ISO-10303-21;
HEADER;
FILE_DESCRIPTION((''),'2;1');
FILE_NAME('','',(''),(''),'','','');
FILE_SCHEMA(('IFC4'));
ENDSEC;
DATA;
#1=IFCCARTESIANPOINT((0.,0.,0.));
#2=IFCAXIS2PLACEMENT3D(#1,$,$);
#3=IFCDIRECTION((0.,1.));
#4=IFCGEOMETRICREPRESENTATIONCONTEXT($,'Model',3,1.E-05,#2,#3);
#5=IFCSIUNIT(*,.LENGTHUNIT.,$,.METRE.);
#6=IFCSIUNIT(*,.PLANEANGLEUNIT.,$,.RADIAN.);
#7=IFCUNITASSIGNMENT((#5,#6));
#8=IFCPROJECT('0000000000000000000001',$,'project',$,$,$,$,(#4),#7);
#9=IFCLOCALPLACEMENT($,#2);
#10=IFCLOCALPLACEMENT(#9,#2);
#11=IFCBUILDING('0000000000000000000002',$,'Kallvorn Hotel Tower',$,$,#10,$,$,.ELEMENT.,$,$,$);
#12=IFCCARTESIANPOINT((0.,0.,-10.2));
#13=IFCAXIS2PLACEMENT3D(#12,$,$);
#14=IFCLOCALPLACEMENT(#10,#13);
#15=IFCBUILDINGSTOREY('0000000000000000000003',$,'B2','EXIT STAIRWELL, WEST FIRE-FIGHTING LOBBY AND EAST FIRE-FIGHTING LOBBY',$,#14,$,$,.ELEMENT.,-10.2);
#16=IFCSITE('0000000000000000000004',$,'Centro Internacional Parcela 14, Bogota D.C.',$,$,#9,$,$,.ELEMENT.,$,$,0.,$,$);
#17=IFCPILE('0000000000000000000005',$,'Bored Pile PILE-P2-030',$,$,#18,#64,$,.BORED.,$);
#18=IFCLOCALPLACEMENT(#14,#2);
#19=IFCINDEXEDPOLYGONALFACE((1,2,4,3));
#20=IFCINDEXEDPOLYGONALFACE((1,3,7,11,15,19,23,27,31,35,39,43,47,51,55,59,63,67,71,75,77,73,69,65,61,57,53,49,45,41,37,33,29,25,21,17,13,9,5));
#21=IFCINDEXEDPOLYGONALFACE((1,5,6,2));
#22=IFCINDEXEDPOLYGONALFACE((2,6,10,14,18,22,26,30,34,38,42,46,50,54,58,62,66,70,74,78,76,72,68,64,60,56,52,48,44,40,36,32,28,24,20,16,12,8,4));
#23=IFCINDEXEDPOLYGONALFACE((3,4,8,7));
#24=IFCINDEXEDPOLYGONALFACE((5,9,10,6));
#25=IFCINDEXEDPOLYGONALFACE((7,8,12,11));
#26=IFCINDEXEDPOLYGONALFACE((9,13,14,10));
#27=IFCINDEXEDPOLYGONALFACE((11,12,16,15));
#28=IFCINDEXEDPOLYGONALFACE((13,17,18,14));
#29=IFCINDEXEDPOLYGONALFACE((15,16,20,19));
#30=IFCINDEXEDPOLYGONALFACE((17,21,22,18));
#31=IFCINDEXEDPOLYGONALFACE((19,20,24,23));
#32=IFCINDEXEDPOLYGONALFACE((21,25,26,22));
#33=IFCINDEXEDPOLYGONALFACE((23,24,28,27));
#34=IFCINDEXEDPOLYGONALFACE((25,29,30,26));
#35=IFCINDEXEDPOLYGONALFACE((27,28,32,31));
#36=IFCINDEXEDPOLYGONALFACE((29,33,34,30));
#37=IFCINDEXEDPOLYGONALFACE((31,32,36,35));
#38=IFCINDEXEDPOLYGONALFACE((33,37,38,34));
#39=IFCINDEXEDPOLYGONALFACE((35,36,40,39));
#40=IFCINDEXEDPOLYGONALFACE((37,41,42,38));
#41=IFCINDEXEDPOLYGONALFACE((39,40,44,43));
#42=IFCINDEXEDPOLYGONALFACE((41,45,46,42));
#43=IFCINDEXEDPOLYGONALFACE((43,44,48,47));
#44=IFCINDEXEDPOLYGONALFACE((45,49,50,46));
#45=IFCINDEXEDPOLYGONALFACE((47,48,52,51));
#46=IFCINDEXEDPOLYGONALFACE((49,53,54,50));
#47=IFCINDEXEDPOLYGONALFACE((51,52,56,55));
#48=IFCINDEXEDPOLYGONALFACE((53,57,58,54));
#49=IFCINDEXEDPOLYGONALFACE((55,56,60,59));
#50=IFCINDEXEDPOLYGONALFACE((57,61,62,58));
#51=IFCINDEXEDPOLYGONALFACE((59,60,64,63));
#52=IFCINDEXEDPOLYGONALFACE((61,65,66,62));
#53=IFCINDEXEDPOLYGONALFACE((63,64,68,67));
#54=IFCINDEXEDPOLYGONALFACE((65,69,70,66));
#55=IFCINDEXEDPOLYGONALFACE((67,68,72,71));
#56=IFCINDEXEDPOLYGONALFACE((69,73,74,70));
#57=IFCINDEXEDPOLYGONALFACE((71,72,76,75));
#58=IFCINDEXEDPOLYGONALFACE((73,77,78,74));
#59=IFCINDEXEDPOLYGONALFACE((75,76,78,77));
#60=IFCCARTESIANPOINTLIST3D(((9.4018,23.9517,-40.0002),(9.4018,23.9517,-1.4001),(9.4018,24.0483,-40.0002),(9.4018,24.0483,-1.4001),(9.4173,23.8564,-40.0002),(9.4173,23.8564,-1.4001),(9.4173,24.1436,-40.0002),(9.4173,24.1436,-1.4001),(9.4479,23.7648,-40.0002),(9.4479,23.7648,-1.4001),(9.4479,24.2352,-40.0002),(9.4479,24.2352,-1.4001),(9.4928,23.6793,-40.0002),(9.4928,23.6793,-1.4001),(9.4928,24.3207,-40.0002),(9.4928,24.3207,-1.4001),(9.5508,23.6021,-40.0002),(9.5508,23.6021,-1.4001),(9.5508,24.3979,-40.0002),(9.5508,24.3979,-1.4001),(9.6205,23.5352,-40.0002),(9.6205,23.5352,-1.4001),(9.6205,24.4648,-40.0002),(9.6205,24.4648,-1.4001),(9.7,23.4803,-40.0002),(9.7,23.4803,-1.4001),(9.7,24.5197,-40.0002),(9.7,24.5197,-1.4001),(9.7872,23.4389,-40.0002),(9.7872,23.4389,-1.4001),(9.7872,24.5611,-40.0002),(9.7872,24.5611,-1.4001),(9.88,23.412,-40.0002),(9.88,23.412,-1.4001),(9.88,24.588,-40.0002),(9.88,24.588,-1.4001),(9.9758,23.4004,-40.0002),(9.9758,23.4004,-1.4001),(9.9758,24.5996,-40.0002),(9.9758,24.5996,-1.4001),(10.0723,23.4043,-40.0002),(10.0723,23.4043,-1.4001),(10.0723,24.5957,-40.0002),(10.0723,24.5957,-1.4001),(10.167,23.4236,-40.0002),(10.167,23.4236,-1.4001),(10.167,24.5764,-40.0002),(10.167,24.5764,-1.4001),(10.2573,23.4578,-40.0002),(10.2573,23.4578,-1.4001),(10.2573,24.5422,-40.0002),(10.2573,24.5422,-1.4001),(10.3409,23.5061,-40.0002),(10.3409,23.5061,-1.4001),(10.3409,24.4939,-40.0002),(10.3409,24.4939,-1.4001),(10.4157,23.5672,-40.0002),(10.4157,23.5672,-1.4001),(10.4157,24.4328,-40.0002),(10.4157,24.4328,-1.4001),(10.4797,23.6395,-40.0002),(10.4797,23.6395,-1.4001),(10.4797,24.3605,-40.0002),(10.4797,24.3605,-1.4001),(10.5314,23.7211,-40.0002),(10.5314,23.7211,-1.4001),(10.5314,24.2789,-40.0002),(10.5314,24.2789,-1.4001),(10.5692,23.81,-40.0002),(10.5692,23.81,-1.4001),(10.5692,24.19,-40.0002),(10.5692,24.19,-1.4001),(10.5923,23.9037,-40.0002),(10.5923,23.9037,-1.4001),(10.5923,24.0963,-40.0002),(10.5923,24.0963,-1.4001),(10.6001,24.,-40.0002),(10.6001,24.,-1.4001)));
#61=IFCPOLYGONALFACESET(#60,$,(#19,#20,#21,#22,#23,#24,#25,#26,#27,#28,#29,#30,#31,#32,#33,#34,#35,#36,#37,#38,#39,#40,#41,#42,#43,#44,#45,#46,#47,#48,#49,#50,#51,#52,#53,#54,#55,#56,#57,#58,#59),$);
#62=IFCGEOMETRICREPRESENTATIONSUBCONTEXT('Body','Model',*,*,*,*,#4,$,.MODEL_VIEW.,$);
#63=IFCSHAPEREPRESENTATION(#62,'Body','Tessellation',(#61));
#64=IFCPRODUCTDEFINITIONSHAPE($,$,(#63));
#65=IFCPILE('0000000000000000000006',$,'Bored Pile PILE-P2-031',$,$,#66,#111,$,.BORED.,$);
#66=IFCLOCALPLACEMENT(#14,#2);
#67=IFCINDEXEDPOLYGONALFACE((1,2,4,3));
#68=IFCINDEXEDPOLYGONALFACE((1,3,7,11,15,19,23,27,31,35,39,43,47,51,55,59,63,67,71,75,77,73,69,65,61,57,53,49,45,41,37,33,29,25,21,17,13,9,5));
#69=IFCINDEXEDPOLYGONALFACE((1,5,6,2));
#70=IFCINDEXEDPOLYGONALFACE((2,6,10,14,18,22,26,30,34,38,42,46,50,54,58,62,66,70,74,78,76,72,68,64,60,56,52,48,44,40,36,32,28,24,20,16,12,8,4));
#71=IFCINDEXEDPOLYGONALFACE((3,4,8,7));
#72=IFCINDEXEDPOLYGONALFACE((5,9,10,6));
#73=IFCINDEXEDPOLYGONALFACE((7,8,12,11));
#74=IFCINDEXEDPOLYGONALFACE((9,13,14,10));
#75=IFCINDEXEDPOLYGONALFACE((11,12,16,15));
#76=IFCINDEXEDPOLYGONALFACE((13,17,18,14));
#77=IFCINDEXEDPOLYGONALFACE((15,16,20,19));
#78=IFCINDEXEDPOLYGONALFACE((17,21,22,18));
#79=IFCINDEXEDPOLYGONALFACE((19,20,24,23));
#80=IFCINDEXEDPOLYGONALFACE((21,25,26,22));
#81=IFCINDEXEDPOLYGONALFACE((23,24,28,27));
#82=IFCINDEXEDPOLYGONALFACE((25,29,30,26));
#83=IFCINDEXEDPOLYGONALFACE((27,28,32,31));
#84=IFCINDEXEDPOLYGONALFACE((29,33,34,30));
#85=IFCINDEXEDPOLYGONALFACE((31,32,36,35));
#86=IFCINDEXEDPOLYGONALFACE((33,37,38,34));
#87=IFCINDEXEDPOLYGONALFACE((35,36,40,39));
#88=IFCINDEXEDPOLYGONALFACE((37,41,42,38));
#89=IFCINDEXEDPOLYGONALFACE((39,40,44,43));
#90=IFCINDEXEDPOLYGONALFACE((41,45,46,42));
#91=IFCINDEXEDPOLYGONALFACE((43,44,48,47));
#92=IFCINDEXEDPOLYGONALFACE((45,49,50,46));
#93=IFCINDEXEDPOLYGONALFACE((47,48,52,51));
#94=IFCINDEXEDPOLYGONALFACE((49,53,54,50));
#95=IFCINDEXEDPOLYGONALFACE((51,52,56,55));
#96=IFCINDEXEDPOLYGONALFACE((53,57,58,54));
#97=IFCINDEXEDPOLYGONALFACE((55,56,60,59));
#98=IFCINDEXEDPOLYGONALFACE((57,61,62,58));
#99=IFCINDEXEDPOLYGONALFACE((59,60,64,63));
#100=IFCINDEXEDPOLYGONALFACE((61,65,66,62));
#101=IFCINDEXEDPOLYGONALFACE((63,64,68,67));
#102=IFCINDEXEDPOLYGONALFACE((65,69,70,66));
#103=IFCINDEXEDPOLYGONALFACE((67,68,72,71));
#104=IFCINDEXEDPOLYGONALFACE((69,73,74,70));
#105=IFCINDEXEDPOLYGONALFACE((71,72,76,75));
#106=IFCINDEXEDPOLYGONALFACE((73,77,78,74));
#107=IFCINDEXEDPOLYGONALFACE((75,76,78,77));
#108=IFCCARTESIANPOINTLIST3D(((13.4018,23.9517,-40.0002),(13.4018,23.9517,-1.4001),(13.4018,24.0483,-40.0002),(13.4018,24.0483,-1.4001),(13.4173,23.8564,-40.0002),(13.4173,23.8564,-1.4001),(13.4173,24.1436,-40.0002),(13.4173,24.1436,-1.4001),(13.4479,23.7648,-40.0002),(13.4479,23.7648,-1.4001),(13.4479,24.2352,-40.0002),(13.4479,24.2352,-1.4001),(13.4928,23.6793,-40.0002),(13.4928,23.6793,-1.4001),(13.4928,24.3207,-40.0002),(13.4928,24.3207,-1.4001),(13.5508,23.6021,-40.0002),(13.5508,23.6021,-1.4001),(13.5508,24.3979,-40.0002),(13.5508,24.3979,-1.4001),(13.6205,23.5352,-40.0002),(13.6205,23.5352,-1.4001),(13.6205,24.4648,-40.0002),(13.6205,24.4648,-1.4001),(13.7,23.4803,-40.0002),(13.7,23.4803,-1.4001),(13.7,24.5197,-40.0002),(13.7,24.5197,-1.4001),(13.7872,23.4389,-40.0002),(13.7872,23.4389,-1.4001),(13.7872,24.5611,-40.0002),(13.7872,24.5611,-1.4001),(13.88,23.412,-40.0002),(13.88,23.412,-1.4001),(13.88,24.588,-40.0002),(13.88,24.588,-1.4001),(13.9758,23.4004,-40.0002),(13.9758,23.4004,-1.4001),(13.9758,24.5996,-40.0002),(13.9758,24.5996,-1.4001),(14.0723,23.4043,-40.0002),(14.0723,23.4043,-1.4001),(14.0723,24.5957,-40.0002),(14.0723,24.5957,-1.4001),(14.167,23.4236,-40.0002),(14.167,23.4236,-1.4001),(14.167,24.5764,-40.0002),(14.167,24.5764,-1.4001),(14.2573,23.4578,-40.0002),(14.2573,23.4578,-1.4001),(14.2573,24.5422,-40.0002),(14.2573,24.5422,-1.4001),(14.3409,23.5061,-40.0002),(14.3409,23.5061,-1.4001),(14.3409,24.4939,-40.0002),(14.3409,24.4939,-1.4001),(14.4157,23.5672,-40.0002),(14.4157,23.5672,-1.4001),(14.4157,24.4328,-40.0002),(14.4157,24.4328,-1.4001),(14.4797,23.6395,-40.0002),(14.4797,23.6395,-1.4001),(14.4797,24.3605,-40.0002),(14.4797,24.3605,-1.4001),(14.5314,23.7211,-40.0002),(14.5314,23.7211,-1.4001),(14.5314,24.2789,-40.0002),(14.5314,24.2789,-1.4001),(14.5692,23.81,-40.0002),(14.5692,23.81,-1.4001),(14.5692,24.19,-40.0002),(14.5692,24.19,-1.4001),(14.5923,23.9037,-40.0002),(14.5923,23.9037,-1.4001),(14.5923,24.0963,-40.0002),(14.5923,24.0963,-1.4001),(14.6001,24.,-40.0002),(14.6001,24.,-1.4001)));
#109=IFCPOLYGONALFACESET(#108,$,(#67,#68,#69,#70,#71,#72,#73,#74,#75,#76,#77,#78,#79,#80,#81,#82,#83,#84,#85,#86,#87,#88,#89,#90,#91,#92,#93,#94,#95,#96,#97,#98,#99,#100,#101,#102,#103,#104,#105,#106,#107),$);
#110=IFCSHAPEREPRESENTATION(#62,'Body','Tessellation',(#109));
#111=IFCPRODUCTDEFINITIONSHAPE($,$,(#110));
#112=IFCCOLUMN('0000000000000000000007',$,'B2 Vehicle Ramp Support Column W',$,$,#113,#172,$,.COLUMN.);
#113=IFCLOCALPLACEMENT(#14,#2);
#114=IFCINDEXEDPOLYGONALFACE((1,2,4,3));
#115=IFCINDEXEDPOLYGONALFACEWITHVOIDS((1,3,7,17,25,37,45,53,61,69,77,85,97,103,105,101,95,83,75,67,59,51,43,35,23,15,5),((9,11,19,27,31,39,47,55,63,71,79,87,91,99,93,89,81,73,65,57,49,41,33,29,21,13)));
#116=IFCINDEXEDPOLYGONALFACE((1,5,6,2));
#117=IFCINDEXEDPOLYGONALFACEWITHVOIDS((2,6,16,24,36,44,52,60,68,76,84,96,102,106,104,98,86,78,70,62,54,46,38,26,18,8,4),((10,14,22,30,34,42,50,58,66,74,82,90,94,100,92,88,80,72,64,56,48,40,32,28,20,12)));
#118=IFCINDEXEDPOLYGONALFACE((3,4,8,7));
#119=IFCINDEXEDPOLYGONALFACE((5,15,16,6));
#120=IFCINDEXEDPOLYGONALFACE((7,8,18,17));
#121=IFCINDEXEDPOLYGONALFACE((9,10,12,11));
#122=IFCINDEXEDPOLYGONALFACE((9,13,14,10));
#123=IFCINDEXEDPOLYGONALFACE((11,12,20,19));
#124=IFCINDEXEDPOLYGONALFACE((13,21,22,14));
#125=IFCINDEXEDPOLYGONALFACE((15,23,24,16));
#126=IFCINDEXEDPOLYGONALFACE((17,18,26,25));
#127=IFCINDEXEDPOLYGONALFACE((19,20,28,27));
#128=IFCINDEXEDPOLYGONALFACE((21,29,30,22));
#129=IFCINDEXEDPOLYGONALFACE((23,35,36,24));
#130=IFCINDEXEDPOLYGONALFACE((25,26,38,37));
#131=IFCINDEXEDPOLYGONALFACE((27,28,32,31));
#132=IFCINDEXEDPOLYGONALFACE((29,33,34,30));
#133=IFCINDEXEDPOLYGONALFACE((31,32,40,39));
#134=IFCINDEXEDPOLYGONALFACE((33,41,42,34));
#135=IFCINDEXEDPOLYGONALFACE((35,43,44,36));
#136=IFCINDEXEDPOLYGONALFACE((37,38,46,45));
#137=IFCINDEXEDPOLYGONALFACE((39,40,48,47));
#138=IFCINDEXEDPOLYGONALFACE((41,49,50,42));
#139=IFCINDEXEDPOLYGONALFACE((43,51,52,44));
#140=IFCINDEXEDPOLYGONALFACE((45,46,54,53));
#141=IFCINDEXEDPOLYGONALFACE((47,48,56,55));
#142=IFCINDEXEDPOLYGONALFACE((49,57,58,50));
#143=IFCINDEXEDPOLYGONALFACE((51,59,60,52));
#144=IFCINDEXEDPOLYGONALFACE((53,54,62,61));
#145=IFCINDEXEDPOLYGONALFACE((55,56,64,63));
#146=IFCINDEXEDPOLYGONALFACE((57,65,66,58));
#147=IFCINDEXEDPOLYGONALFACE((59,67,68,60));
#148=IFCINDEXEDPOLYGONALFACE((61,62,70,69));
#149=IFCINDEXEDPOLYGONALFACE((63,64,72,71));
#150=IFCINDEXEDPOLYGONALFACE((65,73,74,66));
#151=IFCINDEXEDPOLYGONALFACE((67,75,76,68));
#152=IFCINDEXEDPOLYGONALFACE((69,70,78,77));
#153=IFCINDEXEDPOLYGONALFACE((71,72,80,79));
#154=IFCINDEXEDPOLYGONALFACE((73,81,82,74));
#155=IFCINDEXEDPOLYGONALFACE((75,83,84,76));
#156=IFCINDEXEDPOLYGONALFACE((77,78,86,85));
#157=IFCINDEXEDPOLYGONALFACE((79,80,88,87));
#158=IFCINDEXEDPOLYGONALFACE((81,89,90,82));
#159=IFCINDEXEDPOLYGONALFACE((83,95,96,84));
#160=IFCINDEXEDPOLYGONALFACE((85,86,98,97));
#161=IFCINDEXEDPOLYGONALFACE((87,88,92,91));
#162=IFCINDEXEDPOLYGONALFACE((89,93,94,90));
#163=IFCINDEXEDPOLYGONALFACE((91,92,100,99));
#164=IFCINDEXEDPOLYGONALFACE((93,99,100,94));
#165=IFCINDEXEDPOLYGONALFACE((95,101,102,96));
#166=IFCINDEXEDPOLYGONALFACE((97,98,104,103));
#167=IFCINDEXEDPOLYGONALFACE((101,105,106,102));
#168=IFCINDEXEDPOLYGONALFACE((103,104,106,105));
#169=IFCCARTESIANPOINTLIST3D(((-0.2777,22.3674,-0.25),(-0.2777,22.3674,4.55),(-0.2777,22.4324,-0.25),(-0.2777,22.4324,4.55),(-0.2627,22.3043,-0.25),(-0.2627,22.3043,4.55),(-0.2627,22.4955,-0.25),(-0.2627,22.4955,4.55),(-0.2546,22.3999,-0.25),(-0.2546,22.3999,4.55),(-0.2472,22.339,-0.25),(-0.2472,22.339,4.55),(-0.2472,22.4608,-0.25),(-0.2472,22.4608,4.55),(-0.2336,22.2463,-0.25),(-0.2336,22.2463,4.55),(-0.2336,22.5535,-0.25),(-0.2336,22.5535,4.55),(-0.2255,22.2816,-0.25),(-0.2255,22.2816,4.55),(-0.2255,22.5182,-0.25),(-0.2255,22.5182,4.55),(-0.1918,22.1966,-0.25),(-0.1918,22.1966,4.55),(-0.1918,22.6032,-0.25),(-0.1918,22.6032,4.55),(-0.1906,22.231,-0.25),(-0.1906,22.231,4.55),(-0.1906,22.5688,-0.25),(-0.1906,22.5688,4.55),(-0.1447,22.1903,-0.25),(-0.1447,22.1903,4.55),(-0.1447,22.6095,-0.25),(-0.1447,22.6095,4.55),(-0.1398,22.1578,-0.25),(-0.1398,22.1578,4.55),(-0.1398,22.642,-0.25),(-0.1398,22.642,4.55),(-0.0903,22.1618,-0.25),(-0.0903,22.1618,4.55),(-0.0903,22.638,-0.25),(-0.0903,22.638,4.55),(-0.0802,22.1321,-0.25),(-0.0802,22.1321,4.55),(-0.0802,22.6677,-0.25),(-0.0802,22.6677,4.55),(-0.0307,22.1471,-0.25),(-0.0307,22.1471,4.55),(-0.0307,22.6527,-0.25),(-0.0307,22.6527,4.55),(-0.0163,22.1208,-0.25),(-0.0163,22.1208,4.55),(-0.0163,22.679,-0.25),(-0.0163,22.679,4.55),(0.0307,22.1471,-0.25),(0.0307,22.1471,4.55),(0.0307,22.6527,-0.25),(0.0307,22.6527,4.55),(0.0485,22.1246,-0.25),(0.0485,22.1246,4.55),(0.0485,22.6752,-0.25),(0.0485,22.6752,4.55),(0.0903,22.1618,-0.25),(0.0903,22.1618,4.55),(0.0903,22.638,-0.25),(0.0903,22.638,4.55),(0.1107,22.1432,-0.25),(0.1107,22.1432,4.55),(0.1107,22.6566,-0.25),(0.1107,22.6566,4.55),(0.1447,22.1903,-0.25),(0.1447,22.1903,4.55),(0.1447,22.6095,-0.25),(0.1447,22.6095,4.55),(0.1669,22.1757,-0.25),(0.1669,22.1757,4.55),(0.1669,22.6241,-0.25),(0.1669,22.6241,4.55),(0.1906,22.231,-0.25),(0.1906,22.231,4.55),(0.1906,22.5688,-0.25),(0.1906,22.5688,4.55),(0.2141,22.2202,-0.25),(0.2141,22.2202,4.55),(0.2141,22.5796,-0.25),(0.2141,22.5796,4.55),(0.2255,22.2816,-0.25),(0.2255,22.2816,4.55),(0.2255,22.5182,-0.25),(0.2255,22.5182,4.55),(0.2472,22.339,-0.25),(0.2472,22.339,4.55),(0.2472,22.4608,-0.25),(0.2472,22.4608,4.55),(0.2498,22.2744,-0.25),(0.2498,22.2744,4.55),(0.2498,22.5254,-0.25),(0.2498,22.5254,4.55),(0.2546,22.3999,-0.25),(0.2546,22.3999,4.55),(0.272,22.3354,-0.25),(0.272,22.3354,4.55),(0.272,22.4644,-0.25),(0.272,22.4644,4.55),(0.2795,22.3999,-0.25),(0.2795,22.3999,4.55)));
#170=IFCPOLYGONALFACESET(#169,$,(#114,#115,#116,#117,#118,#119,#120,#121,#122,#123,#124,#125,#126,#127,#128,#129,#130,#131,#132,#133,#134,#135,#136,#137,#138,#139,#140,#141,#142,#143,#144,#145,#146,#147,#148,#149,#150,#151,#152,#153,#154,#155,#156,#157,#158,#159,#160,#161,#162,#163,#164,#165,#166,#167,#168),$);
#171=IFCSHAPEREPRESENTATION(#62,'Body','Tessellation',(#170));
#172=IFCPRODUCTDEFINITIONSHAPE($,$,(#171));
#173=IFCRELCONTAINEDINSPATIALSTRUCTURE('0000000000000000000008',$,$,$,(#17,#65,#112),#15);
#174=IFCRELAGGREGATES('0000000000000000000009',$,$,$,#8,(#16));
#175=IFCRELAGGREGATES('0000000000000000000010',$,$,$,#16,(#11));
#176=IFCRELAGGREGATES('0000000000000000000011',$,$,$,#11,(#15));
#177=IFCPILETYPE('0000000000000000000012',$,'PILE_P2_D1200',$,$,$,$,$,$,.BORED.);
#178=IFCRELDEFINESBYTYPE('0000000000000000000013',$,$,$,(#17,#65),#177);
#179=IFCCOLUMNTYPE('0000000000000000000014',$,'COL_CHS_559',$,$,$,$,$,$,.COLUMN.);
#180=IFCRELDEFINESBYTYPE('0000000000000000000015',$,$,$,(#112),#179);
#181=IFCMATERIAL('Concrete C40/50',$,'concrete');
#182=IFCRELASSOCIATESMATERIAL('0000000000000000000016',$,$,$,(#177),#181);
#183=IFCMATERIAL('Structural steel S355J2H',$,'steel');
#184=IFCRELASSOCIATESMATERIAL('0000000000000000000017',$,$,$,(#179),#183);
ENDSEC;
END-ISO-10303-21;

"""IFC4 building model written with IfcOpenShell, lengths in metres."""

from ifc_helpers import new_model, si_unit, direction, frame, origin, origin_2d, place, context, subcontext, project, spatial, circle, hollow_circle, extrude, material, material_profile, profile_set, type_object, element, save


model = new_model("IFC4")

# Units and contexts
model_context = context("Model", 3, precision=1e-05, world=origin(), true_north=direction((0.0, 1.0)))
body_context = subcontext(model_context, "Body", "Model", "MODEL_VIEW")
ifc_project = project(units=[si_unit("LENGTHUNIT", "METRE"), si_unit("PLANEANGLEUNIT", "RADIAN")], contexts=[model_context])

# Site, building, storey
site_placement = place(None, origin())
site = spatial("IfcSite", under=ifc_project, at=site_placement, Name="Centro Internacional Parcela 14, Bogota D.C.", CompositionType="ELEMENT", RefElevation=0.0)
building_placement = place(site_placement, origin())
building = spatial("IfcBuilding", under=site, at=building_placement, Name="Kallvorn Hotel Tower", CompositionType="ELEMENT")
storey_placement = place(building_placement, frame((0.0, 0.0, -10.2)))
storey = spatial("IfcBuildingStorey", under=building, at=storey_placement, Name="B2", Description="EXIT STAIRWELL, WEST FIRE-FIGHTING LOBBY AND EAST FIRE-FIGHTING LOBBY", CompositionType="ELEMENT", Elevation=-10.2)

# Piles
ifc_material_1 = material(Name="Concrete C40/50", Category="concrete")
ifc_material_profile_1 = material_profile(ifc_material_1, circle(Radius=0.6001, at=origin_2d()), Name="PILE D1200")
ifc_profile_set_1 = profile_set([ifc_material_profile_1], Name="Concrete C40/50")
pile_type = type_object("IfcPileType", Name="PILE_P2_D1200", PredefinedType="BORED", material=ifc_profile_set_1)
for number, where, z_axis, x_axis, name in (
    (1, (10.0, 24.0, -1.4001), (0.0, 0.0, -1.0), (1.0, 0.0, 0.0), "Bored Pile PILE-P2-030"),
    (2, (14.0, 24.0, -1.4001), (0.0, 0.0, -1.0), (1.0, 0.0, 0.0), "Bored Pile PILE-P2-031"),
):
    element("IfcPile", number, at=place(storey_placement, frame(where, z_axis=z_axis, x_axis=x_axis)), inside=storey, type_object=pile_type, Name=name, PredefinedType="BORED", context=body_context, shape_type="SweptSolid", body=[
        extrude(circle(Radius=0.6001, at=origin_2d()), origin(), (0.0, 0.0, 1.0), 38.6001),
    ])

# Column
ifc_material_2 = material(Name="Structural steel S355J2H", Category="steel")
ifc_material_profile_2 = material_profile(ifc_material_2, hollow_circle(Radius=0.2795, WallThickness=0.0249, at=origin_2d()), Name="CHS 559x25")
ifc_profile_set_2 = profile_set([ifc_material_profile_2], Name="Structural steel S355J2H")
column_type_1 = type_object("IfcColumnType", Name="COL_CHS_559", PredefinedType="COLUMN", material=ifc_profile_set_2)
for number, where, z_axis, x_axis, name in (
    (3, (0.0, 22.3999, -0.25), (0.0, 0.0, 1.0), (1.0, 0.0, 0.0), "B2 Vehicle Ramp Support Column W"),
):
    element("IfcColumn", number, at=place(storey_placement, frame(where, z_axis=z_axis, x_axis=x_axis)), inside=storey, type_object=column_type_1, Name=name, PredefinedType="COLUMN", context=body_context, shape_type="SweptSolid", body=[
        extrude(hollow_circle(Radius=0.2795, WallThickness=0.0249, at=origin_2d()), origin(), (0.0, 0.0, 1.0), 4.8),
    ])

save(model, "model.ifc")
